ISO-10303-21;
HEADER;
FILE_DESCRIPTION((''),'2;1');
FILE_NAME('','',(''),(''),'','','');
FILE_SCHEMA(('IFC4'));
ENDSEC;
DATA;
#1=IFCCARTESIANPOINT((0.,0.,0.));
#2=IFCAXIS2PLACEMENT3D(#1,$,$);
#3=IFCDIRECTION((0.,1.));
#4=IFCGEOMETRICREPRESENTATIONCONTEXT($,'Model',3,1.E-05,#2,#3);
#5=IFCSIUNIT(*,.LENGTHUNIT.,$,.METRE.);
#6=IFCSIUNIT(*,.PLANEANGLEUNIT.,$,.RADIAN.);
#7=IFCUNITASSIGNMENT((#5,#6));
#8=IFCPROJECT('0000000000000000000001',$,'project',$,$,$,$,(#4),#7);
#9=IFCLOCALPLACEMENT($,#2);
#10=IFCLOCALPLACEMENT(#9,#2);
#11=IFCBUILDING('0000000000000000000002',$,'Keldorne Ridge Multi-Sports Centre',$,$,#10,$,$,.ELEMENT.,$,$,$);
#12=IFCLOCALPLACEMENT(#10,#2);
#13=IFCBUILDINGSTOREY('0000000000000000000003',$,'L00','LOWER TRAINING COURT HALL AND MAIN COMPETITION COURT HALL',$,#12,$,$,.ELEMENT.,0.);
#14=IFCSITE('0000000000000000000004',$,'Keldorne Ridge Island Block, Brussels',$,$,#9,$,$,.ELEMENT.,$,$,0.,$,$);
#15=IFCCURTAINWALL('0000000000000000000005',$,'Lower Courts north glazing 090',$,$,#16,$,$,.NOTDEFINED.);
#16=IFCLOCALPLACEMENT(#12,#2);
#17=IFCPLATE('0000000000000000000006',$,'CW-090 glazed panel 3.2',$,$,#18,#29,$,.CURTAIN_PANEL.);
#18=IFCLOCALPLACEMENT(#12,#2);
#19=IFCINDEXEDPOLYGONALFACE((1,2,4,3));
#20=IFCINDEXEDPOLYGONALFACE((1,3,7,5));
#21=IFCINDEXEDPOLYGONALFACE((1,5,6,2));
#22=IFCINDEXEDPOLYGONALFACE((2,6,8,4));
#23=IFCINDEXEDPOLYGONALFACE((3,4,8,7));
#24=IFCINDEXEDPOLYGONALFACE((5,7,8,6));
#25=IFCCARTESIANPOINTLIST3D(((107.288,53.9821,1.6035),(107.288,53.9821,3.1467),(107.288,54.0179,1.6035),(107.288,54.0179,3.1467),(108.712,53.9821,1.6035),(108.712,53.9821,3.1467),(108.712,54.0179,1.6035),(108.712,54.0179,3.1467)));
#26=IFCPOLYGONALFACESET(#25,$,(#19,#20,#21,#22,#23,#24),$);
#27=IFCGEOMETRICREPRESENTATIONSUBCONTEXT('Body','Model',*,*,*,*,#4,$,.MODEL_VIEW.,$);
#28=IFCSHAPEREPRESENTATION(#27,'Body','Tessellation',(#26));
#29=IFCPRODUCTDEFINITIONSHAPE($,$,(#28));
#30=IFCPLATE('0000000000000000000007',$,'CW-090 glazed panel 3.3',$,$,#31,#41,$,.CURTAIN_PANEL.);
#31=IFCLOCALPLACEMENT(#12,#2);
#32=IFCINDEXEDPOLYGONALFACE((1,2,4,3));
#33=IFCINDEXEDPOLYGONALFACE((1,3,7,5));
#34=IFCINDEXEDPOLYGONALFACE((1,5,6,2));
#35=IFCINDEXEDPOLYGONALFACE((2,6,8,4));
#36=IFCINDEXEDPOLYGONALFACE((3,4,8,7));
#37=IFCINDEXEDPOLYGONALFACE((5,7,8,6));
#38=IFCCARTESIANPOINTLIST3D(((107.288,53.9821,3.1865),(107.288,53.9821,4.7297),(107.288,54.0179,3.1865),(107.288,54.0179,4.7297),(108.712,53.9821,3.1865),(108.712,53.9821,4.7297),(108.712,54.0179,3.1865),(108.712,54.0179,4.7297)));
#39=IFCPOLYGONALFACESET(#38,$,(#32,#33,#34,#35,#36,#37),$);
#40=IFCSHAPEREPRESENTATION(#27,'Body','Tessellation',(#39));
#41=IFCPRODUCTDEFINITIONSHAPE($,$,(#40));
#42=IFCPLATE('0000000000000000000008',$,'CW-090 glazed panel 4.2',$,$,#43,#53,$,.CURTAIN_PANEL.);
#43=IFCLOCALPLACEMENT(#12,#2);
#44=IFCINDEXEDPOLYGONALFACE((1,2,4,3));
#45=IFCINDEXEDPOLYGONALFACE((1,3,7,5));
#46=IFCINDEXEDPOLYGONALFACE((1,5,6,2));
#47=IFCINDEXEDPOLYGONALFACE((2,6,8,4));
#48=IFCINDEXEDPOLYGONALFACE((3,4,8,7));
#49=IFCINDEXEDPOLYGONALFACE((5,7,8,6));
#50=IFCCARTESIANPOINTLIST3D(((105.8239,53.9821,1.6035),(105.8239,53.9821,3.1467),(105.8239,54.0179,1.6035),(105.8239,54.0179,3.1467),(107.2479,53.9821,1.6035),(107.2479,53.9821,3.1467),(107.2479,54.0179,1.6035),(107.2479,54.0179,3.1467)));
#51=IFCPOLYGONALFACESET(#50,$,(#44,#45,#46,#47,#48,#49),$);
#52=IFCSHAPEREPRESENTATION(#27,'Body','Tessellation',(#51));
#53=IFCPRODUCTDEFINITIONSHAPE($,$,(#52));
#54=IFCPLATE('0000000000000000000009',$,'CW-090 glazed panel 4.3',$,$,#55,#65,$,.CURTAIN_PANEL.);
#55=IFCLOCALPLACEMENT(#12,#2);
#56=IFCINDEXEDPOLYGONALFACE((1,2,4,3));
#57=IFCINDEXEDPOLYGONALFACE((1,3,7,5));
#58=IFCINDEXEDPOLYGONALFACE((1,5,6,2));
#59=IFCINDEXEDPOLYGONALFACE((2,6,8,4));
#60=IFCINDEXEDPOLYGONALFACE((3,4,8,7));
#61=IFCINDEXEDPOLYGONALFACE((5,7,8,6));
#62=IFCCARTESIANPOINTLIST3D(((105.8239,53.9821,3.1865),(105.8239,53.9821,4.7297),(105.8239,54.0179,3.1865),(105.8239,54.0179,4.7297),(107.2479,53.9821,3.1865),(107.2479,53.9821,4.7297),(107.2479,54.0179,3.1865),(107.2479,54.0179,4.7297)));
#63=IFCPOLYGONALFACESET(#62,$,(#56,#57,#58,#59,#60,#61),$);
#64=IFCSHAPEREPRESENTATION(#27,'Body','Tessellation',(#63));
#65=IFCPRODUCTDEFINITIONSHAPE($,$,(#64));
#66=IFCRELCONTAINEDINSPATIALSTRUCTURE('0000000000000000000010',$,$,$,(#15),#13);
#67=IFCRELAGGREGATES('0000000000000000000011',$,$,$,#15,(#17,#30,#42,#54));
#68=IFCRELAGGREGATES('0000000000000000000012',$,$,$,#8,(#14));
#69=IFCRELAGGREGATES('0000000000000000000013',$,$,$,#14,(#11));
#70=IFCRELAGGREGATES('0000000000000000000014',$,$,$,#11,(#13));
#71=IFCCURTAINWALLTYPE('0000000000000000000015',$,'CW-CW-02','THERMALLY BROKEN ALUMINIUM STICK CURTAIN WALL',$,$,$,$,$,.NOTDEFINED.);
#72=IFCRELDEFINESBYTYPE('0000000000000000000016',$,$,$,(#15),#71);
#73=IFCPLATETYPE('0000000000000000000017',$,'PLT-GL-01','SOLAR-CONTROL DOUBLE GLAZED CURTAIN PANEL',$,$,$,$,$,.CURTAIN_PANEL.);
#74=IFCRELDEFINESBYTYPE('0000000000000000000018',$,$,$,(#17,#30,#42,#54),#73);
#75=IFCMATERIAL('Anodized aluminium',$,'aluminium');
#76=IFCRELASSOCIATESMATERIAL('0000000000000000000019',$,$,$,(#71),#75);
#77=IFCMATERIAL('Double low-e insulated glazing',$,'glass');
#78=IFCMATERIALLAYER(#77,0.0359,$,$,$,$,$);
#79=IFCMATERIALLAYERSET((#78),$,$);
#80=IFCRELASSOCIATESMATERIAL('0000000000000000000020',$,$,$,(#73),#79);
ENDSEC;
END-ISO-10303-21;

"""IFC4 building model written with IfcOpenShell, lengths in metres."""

from ifc_helpers import new_model, si_unit, direction, frame, origin, origin_2d, place, context, subcontext, project, spatial, rectangle, extrude, material, layer, layer_set, type_object, element, aggregate, save


model = new_model("IFC4")

# Units and contexts
model_context = context("Model", 3, precision=1e-05, world=origin(), true_north=direction((0.0, 1.0)))
body_context = subcontext(model_context, "Body", "Model", "MODEL_VIEW")
ifc_project = project(units=[si_unit("LENGTHUNIT", "METRE"), si_unit("PLANEANGLEUNIT", "RADIAN")], contexts=[model_context])

# Site, building, storey
site_placement = place(None, origin())
site = spatial("IfcSite", under=ifc_project, at=site_placement, Name="Keldorne Ridge Island Block, Brussels", CompositionType="ELEMENT", RefElevation=0.0)
building_placement = place(site_placement, origin())
building = spatial("IfcBuilding", under=site, at=building_placement, Name="Keldorne Ridge Multi-Sports Centre", CompositionType="ELEMENT")
storey_placement = place(building_placement, origin())
storey = spatial("IfcBuildingStorey", under=building, at=storey_placement, Name="L00", Description="LOWER TRAINING COURT HALL AND MAIN COMPETITION COURT HALL", CompositionType="ELEMENT", Elevation=0.0)

# Curtain wall
ifc_material_1 = material(Name="Anodized aluminium", Category="aluminium")
curtain_wall_type_1 = type_object("IfcCurtainWallType", Name="CW-CW-02", Description="THERMALLY BROKEN ALUMINIUM STICK CURTAIN WALL", PredefinedType="NOTDEFINED", material=ifc_material_1)
curtain_wall_1_placement = place(storey_placement, origin())
curtain_wall_1 = element("IfcCurtainWall", 1, at=curtain_wall_1_placement, inside=storey, type_object=curtain_wall_type_1, Name="Lower Courts north glazing 090", PredefinedType="NOTDEFINED")

# Plates
ifc_material_2 = material(Name="Double low-e insulated glazing", Category="glass")
ifc_layer = layer(ifc_material_2, 0.0359)
ifc_layer_set = layer_set([ifc_layer])
plate_type = type_object("IfcPlateType", Name="PLT-GL-01", Description="SOLAR-CONTROL DOUBLE GLAZED CURTAIN PANEL", PredefinedType="CURTAIN_PANEL", material=ifc_layer_set)
plate_1_placement = place(storey_placement, frame((108.0, 54.0, 1.6035), z_axis=(0.0, 0.0, 1.0), x_axis=(-1.0, 0.0, 0.0)))
plate_1 = element("IfcPlate", 2, at=plate_1_placement, type_object=plate_type, Name="CW-090 glazed panel 3.2", PredefinedType="CURTAIN_PANEL", context=body_context, shape_type="SweptSolid", body=[
    extrude(rectangle(XDim=1.4241, YDim=0.0359, at=origin_2d()), origin(), (0.0, 0.0, 1.0), 1.5432),
])
plate_2_placement = place(storey_placement, frame((108.0, 54.0, 3.1865), z_axis=(0.0, 0.0, 1.0), x_axis=(-1.0, 0.0, 0.0)))
plate_2 = element("IfcPlate", 3, at=plate_2_placement, type_object=plate_type, Name="CW-090 glazed panel 3.3", PredefinedType="CURTAIN_PANEL", context=body_context, shape_type="SweptSolid", body=[
    extrude(rectangle(XDim=1.4241, YDim=0.0359, at=origin_2d()), origin(), (0.0, 0.0, 1.0), 1.5432),
])
plate_3_placement = place(storey_placement, frame((106.5359, 54.0, 1.6035), z_axis=(0.0, 0.0, 1.0), x_axis=(-1.0, 0.0, 0.0)))
plate_3 = element("IfcPlate", 4, at=plate_3_placement, type_object=plate_type, Name="CW-090 glazed panel 4.2", PredefinedType="CURTAIN_PANEL", context=body_context, shape_type="SweptSolid", body=[
    extrude(rectangle(XDim=1.4241, YDim=0.0359, at=origin_2d()), origin(), (0.0, 0.0, 1.0), 1.5432),
])
plate_4_placement = place(storey_placement, frame((106.5359, 54.0, 3.1865), z_axis=(0.0, 0.0, 1.0), x_axis=(-1.0, 0.0, 0.0)))
plate_4 = element("IfcPlate", 5, at=plate_4_placement, type_object=plate_type, Name="CW-090 glazed panel 4.3", PredefinedType="CURTAIN_PANEL", context=body_context, shape_type="SweptSolid", body=[
    extrude(rectangle(XDim=1.4241, YDim=0.0359, at=origin_2d()), origin(), (0.0, 0.0, 1.0), 1.5432),
])
aggregate(curtain_wall_1, [plate_1, plate_2, plate_3, plate_4])

save(model, "model.ifc")
